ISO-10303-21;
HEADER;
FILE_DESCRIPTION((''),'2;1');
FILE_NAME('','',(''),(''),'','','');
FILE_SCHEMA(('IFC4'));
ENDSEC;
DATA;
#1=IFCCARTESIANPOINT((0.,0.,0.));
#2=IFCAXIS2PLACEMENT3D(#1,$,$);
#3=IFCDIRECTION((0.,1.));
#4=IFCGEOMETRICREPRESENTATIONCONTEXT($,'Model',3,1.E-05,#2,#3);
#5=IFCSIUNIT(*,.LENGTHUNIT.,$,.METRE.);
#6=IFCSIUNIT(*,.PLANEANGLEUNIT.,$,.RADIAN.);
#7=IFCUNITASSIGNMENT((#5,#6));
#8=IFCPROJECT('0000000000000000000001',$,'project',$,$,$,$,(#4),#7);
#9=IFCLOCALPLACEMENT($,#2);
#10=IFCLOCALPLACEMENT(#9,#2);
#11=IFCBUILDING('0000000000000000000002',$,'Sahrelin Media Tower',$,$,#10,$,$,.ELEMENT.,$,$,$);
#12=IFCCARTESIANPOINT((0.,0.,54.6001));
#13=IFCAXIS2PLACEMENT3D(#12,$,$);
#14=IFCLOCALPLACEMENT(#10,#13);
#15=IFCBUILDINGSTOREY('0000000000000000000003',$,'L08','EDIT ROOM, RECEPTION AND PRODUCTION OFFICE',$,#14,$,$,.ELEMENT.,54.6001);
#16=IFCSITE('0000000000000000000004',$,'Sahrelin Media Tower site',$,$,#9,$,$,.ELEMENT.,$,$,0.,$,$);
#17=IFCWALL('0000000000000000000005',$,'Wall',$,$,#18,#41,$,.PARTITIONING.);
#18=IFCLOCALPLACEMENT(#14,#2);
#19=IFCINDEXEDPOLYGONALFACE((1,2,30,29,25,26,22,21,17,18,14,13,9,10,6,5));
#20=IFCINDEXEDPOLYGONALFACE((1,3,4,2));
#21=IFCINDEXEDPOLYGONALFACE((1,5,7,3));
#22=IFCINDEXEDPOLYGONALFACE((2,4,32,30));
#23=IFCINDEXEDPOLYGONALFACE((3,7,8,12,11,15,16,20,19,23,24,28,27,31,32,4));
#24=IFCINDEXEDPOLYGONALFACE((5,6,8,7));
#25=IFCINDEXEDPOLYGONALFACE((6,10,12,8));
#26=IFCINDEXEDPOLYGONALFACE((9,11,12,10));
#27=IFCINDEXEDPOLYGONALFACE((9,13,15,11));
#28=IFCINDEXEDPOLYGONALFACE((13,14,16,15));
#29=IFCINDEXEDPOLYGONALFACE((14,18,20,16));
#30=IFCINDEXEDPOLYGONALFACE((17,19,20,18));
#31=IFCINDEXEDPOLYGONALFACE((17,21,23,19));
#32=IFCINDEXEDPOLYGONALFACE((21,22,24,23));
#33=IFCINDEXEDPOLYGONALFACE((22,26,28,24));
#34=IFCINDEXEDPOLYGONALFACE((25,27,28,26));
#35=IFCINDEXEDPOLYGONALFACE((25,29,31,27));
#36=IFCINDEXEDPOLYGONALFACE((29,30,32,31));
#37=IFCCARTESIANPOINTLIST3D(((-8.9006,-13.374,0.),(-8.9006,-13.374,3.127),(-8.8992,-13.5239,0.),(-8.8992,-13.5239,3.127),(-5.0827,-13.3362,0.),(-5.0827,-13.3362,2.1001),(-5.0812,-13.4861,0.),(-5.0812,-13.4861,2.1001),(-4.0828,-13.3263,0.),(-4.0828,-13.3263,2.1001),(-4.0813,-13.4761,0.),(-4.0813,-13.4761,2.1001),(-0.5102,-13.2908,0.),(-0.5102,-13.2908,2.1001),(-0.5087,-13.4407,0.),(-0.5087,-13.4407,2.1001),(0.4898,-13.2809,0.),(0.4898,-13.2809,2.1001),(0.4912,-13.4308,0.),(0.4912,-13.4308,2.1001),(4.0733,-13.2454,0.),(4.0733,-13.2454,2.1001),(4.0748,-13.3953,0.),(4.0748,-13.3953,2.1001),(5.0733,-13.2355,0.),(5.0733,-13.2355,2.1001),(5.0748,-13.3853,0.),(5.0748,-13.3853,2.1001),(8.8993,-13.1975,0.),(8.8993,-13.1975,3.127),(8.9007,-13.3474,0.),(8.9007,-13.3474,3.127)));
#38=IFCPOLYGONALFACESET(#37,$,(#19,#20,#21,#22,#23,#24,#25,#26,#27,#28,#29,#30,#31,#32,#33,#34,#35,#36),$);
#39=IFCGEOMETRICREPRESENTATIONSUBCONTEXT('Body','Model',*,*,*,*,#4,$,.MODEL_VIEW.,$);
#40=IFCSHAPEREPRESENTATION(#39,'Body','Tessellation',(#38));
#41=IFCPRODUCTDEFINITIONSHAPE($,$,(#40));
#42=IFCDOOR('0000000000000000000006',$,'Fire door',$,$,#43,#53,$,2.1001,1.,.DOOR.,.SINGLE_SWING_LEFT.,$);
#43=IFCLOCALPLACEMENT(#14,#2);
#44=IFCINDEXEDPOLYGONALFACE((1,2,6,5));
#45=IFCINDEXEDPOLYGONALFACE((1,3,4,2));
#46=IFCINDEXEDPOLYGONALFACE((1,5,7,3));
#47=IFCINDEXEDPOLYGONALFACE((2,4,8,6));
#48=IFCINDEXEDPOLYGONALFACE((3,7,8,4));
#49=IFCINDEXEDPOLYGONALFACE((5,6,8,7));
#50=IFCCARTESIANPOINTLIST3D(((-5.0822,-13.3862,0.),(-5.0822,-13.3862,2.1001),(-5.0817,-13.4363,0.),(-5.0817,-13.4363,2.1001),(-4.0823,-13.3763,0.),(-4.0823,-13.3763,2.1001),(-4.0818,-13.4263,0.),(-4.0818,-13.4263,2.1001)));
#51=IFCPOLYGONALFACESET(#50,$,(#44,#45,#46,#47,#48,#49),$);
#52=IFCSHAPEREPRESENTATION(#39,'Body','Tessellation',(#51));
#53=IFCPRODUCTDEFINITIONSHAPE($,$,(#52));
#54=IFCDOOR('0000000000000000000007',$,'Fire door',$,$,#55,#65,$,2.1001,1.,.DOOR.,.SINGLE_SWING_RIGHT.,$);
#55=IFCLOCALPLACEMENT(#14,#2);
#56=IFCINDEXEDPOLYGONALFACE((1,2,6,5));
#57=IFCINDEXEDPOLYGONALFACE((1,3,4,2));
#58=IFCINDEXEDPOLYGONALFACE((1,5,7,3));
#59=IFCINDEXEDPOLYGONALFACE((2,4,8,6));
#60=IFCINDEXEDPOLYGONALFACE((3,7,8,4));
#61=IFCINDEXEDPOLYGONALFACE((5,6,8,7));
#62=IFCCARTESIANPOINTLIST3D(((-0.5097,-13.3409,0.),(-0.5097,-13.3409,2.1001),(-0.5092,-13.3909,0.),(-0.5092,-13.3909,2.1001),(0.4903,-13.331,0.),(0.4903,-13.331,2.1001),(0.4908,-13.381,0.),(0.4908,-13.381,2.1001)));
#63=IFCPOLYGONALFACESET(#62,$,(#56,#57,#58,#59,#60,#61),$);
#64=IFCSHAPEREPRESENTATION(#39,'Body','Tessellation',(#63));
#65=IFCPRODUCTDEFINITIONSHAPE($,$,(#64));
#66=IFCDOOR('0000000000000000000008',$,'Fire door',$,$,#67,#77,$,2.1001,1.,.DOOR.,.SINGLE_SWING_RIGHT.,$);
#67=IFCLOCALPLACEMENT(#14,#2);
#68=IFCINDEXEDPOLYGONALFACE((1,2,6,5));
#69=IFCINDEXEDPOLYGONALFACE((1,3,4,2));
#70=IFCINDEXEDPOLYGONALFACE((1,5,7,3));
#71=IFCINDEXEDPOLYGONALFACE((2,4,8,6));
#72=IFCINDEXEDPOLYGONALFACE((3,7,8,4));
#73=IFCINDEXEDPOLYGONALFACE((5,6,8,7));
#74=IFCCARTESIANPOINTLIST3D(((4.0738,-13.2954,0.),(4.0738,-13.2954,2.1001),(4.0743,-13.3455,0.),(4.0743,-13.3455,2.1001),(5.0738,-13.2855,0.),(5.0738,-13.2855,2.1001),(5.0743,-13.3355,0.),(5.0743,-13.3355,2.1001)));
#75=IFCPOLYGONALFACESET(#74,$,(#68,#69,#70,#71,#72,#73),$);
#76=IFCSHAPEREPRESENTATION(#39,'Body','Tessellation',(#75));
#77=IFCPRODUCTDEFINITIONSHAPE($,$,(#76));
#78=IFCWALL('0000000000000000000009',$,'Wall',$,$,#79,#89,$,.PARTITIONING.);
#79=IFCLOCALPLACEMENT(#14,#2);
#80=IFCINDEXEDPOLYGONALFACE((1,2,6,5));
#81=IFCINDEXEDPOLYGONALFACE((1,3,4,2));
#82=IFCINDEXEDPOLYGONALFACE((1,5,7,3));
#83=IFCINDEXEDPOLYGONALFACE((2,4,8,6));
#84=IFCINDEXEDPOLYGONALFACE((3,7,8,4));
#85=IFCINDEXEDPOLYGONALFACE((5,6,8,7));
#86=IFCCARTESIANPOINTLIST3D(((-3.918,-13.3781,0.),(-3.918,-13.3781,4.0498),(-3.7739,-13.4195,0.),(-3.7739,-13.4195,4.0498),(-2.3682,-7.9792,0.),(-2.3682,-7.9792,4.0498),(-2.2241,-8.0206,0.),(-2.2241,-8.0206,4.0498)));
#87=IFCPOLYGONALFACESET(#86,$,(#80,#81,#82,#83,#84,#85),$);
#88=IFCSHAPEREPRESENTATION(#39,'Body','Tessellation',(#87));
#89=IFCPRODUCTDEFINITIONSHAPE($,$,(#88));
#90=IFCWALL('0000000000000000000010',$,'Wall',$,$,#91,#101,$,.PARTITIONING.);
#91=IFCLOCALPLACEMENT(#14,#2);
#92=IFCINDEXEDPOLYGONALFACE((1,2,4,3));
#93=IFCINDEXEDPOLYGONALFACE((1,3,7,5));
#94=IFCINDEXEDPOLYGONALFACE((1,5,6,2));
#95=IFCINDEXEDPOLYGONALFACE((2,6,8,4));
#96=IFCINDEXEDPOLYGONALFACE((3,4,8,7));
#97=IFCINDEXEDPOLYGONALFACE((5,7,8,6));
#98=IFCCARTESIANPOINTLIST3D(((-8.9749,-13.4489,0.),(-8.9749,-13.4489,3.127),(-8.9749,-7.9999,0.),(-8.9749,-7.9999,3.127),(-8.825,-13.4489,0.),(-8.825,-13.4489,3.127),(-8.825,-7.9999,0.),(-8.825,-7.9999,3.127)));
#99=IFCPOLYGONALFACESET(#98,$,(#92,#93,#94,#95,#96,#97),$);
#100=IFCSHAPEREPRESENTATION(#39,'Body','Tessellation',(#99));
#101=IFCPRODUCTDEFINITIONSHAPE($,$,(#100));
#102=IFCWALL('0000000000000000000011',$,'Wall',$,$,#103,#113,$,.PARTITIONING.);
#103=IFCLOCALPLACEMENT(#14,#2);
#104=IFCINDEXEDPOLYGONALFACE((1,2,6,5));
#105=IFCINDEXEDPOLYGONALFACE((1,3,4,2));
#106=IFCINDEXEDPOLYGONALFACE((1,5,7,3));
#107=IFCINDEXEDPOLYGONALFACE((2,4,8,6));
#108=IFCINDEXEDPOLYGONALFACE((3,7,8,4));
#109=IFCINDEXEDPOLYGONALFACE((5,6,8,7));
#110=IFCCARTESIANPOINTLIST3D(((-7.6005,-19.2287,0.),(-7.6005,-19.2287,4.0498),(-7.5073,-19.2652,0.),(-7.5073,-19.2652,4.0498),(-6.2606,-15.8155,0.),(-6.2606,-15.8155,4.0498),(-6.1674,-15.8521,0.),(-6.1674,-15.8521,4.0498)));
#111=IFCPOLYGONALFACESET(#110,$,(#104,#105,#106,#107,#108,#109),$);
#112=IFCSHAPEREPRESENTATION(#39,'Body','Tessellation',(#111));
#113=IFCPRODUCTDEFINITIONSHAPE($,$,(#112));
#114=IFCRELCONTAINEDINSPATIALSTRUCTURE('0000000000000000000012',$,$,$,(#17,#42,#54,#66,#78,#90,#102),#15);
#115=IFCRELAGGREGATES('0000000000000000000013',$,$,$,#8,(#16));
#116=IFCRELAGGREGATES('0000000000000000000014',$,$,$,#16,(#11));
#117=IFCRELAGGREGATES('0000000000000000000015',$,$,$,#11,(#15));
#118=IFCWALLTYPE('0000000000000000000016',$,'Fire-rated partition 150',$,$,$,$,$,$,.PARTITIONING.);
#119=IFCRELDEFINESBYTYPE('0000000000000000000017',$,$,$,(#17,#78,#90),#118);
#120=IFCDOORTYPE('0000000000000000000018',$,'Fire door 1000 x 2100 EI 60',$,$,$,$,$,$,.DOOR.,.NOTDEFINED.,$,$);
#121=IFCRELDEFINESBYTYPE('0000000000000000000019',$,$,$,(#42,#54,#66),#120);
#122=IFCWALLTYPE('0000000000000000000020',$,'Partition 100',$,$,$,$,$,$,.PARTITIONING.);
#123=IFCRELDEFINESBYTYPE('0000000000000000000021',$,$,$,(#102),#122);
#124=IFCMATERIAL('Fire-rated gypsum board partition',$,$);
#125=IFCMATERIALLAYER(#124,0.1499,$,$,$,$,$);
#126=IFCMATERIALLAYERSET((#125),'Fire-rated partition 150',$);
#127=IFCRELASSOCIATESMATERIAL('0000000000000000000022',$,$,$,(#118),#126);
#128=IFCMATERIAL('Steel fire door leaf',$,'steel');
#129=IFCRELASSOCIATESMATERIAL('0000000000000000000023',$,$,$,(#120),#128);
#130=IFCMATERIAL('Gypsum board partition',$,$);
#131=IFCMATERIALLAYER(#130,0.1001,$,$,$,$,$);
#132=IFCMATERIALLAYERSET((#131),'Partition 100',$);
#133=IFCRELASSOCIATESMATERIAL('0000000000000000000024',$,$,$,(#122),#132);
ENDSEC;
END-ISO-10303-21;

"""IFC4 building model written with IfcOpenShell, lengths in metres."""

from ifc_helpers import new_model, si_unit, direction, frame, frame_2d, origin, place, context, subcontext, project, spatial, rectangle, extrude, material, layer, layer_set, type_object, element, fill, save


model = new_model("IFC4")

# Units and contexts
model_context = context("Model", 3, precision=1e-05, world=origin(), true_north=direction((0.0, 1.0)))
body_context = subcontext(model_context, "Body", "Model", "MODEL_VIEW")
ifc_project = project(units=[si_unit("LENGTHUNIT", "METRE"), si_unit("PLANEANGLEUNIT", "RADIAN")], contexts=[model_context])

# Site, building, storey
site_placement = place(None, origin())
site = spatial("IfcSite", under=ifc_project, at=site_placement, Name="Sahrelin Media Tower site", CompositionType="ELEMENT", RefElevation=0.0)
building_placement = place(site_placement, origin())
building = spatial("IfcBuilding", under=site, at=building_placement, Name="Sahrelin Media Tower", CompositionType="ELEMENT")
storey_placement = place(building_placement, frame((0.0, 0.0, 54.6001)))
storey = spatial("IfcBuildingStorey", under=building, at=storey_placement, Name="L08", Description="EDIT ROOM, RECEPTION AND PRODUCTION OFFICE", CompositionType="ELEMENT", Elevation=54.6001)

# Wall, openings, doors
ifc_material_1 = material(Name="Fire-rated gypsum board partition")
ifc_layer_1 = layer(ifc_material_1, 0.1499)
ifc_layer_set_1 = layer_set([ifc_layer_1], Name="Fire-rated partition 150")
wall_type_1 = type_object("IfcWallType", Name="Fire-rated partition 150", PredefinedType="PARTITIONING", material=ifc_layer_set_1)
wall_1_placement = place(storey_placement, frame((-8.8999, -13.449, 0.0), z_axis=(0.0, 0.0, 1.0), x_axis=(0.999951, 0.009916, 0.0)))
wall_1 = element("IfcWall", 1, at=wall_1_placement, inside=storey, type_object=wall_type_1, Name="Wall", PredefinedType="PARTITIONING", context=body_context, shape_type="SweptSolid", body=[
    extrude(rectangle(XDim=17.8008, YDim=0.1499, at=frame_2d((8.9004, 0.0))), origin(), (0.0, 0.0, 1.0), 3.127),
])
opening_1_placement = place(wall_1_placement, frame((3.8181, 0.0, 0.0)))
opening_1 = element("IfcOpeningElement", 2, at=opening_1_placement, cuts=wall_1, PredefinedType="OPENING", context=body_context, shape_type="SweptSolid", body=[
    extrude(rectangle(XDim=1.0, YDim=2.1001, at=frame_2d((0.5, 1.05))), frame((0.0, 0.075, 0.0), z_axis=(0.0, -1.0, 0.0), x_axis=(1.0, 0.0, 0.0)), (0.0, 0.0, 1.0), 0.1499),
])
opening_2_placement = place(wall_1_placement, frame((8.3909, 0.0, 0.0)))
opening_2 = element("IfcOpeningElement", 3, at=opening_2_placement, cuts=wall_1, PredefinedType="OPENING", context=body_context, shape_type="SweptSolid", body=[
    extrude(rectangle(XDim=1.0, YDim=2.1001, at=frame_2d((0.5, 1.05))), frame((0.0, 0.075, 0.0), z_axis=(0.0, -1.0, 0.0), x_axis=(1.0, 0.0, 0.0)), (0.0, 0.0, 1.0), 0.1499),
])
opening_3_placement = place(wall_1_placement, frame((12.9746, 0.0, 0.0)))
opening_3 = element("IfcOpeningElement", 4, at=opening_3_placement, cuts=wall_1, PredefinedType="OPENING", context=body_context, shape_type="SweptSolid", body=[
    extrude(rectangle(XDim=1.0, YDim=2.1001, at=frame_2d((0.5, 1.05))), frame((0.0, 0.075, 0.0), z_axis=(0.0, -1.0, 0.0), x_axis=(1.0, 0.0, 0.0)), (0.0, 0.0, 1.0), 0.1499),
])
ifc_material_2 = material(Name="Steel fire door leaf", Category="steel")
door_type = type_object("IfcDoorType", Name="Fire door 1000 x 2100 EI 60", OperationType="NOTDEFINED", PredefinedType="DOOR", material=ifc_material_2)
door_1_placement = place(opening_1_placement, origin())
door_1 = element("IfcDoor", 5, at=door_1_placement, inside=storey, type_object=door_type, Name="Fire door", OperationType="SINGLE_SWING_LEFT", OverallHeight=2.1001, OverallWidth=1.0, PredefinedType="DOOR", context=body_context, shape_type="SweptSolid", body=[
    extrude(rectangle(XDim=1.0, YDim=2.1001, at=frame_2d((0.5, 1.05))), frame((0.0, 0.0249, 0.0), z_axis=(0.0, -1.0, 0.0), x_axis=(1.0, 0.0, 0.0)), (0.0, 0.0, 1.0), 0.05),
])
fill(opening_1, door_1)
door_2_placement = place(opening_2_placement, origin())
door_2 = element("IfcDoor", 6, at=door_2_placement, inside=storey, type_object=door_type, Name="Fire door", OperationType="SINGLE_SWING_RIGHT", OverallHeight=2.1001, OverallWidth=1.0, PredefinedType="DOOR", context=body_context, shape_type="SweptSolid", body=[
    extrude(rectangle(XDim=1.0, YDim=2.1001, at=frame_2d((0.5, 1.05))), frame((0.0, 0.0249, 0.0), z_axis=(0.0, -1.0, 0.0), x_axis=(1.0, 0.0, 0.0)), (0.0, 0.0, 1.0), 0.05),
])
fill(opening_2, door_2)
door_3_placement = place(opening_3_placement, origin())
door_3 = element("IfcDoor", 7, at=door_3_placement, inside=storey, type_object=door_type, Name="Fire door", OperationType="SINGLE_SWING_RIGHT", OverallHeight=2.1001, OverallWidth=1.0, PredefinedType="DOOR", context=body_context, shape_type="SweptSolid", body=[
    extrude(rectangle(XDim=1.0, YDim=2.1001, at=frame_2d((0.5, 1.05))), frame((0.0, 0.0249, 0.0), z_axis=(0.0, -1.0, 0.0), x_axis=(1.0, 0.0, 0.0)), (0.0, 0.0, 1.0), 0.05),
])
fill(opening_3, door_3)

# Walls
wall_2_placement = place(storey_placement, frame((-3.8459, -13.3989, 0.0), z_axis=(0.0, 0.0, 1.0), x_axis=(0.275915, 0.961182, 0.0)))
element("IfcWall", 8, at=wall_2_placement, inside=storey, type_object=wall_type_1, Name="Wall", PredefinedType="PARTITIONING", context=body_context, shape_type="SweptSolid", body=[
    extrude(rectangle(XDim=5.6169, YDim=0.1499, at=frame_2d((2.8086, 0.0))), origin(), (0.0, 0.0, 1.0), 4.0498),
])
wall_3_placement = place(storey_placement, frame((-8.8999, -13.449, 0.0), z_axis=(0.0, 0.0, 1.0), x_axis=(0.0, 1.0, 0.0)))
element("IfcWall", 9, at=wall_3_placement, inside=storey, type_object=wall_type_1, Name="Wall", PredefinedType="PARTITIONING", context=body_context, shape_type="SweptSolid", body=[
    extrude(rectangle(XDim=5.449, YDim=0.1499, at=frame_2d((2.7246, 0.0))), origin(), (0.0, 0.0, 1.0), 3.127),
])
ifc_material_3 = material(Name="Gypsum board partition")
ifc_layer_2 = layer(ifc_material_3, 0.1001)
ifc_layer_set_2 = layer_set([ifc_layer_2], Name="Partition 100")
wall_type_2 = type_object("IfcWallType", Name="Partition 100", PredefinedType="PARTITIONING", material=ifc_layer_set_2)
wall_4_placement = place(storey_placement, frame((-7.554, -19.2471, 0.0), z_axis=(0.0, 0.0, 1.0), x_axis=(0.365413, 0.930845, 0.0)))
element("IfcWall", 10, at=wall_4_placement, inside=storey, type_object=wall_type_2, Name="Wall", PredefinedType="PARTITIONING", context=body_context, shape_type="SweptSolid", body=[
    extrude(rectangle(XDim=3.6667, YDim=0.1001, at=frame_2d((1.8335, 0.0))), origin(), (0.0, 0.0, 1.0), 4.0498),
])

save(model, "model.ifc")
